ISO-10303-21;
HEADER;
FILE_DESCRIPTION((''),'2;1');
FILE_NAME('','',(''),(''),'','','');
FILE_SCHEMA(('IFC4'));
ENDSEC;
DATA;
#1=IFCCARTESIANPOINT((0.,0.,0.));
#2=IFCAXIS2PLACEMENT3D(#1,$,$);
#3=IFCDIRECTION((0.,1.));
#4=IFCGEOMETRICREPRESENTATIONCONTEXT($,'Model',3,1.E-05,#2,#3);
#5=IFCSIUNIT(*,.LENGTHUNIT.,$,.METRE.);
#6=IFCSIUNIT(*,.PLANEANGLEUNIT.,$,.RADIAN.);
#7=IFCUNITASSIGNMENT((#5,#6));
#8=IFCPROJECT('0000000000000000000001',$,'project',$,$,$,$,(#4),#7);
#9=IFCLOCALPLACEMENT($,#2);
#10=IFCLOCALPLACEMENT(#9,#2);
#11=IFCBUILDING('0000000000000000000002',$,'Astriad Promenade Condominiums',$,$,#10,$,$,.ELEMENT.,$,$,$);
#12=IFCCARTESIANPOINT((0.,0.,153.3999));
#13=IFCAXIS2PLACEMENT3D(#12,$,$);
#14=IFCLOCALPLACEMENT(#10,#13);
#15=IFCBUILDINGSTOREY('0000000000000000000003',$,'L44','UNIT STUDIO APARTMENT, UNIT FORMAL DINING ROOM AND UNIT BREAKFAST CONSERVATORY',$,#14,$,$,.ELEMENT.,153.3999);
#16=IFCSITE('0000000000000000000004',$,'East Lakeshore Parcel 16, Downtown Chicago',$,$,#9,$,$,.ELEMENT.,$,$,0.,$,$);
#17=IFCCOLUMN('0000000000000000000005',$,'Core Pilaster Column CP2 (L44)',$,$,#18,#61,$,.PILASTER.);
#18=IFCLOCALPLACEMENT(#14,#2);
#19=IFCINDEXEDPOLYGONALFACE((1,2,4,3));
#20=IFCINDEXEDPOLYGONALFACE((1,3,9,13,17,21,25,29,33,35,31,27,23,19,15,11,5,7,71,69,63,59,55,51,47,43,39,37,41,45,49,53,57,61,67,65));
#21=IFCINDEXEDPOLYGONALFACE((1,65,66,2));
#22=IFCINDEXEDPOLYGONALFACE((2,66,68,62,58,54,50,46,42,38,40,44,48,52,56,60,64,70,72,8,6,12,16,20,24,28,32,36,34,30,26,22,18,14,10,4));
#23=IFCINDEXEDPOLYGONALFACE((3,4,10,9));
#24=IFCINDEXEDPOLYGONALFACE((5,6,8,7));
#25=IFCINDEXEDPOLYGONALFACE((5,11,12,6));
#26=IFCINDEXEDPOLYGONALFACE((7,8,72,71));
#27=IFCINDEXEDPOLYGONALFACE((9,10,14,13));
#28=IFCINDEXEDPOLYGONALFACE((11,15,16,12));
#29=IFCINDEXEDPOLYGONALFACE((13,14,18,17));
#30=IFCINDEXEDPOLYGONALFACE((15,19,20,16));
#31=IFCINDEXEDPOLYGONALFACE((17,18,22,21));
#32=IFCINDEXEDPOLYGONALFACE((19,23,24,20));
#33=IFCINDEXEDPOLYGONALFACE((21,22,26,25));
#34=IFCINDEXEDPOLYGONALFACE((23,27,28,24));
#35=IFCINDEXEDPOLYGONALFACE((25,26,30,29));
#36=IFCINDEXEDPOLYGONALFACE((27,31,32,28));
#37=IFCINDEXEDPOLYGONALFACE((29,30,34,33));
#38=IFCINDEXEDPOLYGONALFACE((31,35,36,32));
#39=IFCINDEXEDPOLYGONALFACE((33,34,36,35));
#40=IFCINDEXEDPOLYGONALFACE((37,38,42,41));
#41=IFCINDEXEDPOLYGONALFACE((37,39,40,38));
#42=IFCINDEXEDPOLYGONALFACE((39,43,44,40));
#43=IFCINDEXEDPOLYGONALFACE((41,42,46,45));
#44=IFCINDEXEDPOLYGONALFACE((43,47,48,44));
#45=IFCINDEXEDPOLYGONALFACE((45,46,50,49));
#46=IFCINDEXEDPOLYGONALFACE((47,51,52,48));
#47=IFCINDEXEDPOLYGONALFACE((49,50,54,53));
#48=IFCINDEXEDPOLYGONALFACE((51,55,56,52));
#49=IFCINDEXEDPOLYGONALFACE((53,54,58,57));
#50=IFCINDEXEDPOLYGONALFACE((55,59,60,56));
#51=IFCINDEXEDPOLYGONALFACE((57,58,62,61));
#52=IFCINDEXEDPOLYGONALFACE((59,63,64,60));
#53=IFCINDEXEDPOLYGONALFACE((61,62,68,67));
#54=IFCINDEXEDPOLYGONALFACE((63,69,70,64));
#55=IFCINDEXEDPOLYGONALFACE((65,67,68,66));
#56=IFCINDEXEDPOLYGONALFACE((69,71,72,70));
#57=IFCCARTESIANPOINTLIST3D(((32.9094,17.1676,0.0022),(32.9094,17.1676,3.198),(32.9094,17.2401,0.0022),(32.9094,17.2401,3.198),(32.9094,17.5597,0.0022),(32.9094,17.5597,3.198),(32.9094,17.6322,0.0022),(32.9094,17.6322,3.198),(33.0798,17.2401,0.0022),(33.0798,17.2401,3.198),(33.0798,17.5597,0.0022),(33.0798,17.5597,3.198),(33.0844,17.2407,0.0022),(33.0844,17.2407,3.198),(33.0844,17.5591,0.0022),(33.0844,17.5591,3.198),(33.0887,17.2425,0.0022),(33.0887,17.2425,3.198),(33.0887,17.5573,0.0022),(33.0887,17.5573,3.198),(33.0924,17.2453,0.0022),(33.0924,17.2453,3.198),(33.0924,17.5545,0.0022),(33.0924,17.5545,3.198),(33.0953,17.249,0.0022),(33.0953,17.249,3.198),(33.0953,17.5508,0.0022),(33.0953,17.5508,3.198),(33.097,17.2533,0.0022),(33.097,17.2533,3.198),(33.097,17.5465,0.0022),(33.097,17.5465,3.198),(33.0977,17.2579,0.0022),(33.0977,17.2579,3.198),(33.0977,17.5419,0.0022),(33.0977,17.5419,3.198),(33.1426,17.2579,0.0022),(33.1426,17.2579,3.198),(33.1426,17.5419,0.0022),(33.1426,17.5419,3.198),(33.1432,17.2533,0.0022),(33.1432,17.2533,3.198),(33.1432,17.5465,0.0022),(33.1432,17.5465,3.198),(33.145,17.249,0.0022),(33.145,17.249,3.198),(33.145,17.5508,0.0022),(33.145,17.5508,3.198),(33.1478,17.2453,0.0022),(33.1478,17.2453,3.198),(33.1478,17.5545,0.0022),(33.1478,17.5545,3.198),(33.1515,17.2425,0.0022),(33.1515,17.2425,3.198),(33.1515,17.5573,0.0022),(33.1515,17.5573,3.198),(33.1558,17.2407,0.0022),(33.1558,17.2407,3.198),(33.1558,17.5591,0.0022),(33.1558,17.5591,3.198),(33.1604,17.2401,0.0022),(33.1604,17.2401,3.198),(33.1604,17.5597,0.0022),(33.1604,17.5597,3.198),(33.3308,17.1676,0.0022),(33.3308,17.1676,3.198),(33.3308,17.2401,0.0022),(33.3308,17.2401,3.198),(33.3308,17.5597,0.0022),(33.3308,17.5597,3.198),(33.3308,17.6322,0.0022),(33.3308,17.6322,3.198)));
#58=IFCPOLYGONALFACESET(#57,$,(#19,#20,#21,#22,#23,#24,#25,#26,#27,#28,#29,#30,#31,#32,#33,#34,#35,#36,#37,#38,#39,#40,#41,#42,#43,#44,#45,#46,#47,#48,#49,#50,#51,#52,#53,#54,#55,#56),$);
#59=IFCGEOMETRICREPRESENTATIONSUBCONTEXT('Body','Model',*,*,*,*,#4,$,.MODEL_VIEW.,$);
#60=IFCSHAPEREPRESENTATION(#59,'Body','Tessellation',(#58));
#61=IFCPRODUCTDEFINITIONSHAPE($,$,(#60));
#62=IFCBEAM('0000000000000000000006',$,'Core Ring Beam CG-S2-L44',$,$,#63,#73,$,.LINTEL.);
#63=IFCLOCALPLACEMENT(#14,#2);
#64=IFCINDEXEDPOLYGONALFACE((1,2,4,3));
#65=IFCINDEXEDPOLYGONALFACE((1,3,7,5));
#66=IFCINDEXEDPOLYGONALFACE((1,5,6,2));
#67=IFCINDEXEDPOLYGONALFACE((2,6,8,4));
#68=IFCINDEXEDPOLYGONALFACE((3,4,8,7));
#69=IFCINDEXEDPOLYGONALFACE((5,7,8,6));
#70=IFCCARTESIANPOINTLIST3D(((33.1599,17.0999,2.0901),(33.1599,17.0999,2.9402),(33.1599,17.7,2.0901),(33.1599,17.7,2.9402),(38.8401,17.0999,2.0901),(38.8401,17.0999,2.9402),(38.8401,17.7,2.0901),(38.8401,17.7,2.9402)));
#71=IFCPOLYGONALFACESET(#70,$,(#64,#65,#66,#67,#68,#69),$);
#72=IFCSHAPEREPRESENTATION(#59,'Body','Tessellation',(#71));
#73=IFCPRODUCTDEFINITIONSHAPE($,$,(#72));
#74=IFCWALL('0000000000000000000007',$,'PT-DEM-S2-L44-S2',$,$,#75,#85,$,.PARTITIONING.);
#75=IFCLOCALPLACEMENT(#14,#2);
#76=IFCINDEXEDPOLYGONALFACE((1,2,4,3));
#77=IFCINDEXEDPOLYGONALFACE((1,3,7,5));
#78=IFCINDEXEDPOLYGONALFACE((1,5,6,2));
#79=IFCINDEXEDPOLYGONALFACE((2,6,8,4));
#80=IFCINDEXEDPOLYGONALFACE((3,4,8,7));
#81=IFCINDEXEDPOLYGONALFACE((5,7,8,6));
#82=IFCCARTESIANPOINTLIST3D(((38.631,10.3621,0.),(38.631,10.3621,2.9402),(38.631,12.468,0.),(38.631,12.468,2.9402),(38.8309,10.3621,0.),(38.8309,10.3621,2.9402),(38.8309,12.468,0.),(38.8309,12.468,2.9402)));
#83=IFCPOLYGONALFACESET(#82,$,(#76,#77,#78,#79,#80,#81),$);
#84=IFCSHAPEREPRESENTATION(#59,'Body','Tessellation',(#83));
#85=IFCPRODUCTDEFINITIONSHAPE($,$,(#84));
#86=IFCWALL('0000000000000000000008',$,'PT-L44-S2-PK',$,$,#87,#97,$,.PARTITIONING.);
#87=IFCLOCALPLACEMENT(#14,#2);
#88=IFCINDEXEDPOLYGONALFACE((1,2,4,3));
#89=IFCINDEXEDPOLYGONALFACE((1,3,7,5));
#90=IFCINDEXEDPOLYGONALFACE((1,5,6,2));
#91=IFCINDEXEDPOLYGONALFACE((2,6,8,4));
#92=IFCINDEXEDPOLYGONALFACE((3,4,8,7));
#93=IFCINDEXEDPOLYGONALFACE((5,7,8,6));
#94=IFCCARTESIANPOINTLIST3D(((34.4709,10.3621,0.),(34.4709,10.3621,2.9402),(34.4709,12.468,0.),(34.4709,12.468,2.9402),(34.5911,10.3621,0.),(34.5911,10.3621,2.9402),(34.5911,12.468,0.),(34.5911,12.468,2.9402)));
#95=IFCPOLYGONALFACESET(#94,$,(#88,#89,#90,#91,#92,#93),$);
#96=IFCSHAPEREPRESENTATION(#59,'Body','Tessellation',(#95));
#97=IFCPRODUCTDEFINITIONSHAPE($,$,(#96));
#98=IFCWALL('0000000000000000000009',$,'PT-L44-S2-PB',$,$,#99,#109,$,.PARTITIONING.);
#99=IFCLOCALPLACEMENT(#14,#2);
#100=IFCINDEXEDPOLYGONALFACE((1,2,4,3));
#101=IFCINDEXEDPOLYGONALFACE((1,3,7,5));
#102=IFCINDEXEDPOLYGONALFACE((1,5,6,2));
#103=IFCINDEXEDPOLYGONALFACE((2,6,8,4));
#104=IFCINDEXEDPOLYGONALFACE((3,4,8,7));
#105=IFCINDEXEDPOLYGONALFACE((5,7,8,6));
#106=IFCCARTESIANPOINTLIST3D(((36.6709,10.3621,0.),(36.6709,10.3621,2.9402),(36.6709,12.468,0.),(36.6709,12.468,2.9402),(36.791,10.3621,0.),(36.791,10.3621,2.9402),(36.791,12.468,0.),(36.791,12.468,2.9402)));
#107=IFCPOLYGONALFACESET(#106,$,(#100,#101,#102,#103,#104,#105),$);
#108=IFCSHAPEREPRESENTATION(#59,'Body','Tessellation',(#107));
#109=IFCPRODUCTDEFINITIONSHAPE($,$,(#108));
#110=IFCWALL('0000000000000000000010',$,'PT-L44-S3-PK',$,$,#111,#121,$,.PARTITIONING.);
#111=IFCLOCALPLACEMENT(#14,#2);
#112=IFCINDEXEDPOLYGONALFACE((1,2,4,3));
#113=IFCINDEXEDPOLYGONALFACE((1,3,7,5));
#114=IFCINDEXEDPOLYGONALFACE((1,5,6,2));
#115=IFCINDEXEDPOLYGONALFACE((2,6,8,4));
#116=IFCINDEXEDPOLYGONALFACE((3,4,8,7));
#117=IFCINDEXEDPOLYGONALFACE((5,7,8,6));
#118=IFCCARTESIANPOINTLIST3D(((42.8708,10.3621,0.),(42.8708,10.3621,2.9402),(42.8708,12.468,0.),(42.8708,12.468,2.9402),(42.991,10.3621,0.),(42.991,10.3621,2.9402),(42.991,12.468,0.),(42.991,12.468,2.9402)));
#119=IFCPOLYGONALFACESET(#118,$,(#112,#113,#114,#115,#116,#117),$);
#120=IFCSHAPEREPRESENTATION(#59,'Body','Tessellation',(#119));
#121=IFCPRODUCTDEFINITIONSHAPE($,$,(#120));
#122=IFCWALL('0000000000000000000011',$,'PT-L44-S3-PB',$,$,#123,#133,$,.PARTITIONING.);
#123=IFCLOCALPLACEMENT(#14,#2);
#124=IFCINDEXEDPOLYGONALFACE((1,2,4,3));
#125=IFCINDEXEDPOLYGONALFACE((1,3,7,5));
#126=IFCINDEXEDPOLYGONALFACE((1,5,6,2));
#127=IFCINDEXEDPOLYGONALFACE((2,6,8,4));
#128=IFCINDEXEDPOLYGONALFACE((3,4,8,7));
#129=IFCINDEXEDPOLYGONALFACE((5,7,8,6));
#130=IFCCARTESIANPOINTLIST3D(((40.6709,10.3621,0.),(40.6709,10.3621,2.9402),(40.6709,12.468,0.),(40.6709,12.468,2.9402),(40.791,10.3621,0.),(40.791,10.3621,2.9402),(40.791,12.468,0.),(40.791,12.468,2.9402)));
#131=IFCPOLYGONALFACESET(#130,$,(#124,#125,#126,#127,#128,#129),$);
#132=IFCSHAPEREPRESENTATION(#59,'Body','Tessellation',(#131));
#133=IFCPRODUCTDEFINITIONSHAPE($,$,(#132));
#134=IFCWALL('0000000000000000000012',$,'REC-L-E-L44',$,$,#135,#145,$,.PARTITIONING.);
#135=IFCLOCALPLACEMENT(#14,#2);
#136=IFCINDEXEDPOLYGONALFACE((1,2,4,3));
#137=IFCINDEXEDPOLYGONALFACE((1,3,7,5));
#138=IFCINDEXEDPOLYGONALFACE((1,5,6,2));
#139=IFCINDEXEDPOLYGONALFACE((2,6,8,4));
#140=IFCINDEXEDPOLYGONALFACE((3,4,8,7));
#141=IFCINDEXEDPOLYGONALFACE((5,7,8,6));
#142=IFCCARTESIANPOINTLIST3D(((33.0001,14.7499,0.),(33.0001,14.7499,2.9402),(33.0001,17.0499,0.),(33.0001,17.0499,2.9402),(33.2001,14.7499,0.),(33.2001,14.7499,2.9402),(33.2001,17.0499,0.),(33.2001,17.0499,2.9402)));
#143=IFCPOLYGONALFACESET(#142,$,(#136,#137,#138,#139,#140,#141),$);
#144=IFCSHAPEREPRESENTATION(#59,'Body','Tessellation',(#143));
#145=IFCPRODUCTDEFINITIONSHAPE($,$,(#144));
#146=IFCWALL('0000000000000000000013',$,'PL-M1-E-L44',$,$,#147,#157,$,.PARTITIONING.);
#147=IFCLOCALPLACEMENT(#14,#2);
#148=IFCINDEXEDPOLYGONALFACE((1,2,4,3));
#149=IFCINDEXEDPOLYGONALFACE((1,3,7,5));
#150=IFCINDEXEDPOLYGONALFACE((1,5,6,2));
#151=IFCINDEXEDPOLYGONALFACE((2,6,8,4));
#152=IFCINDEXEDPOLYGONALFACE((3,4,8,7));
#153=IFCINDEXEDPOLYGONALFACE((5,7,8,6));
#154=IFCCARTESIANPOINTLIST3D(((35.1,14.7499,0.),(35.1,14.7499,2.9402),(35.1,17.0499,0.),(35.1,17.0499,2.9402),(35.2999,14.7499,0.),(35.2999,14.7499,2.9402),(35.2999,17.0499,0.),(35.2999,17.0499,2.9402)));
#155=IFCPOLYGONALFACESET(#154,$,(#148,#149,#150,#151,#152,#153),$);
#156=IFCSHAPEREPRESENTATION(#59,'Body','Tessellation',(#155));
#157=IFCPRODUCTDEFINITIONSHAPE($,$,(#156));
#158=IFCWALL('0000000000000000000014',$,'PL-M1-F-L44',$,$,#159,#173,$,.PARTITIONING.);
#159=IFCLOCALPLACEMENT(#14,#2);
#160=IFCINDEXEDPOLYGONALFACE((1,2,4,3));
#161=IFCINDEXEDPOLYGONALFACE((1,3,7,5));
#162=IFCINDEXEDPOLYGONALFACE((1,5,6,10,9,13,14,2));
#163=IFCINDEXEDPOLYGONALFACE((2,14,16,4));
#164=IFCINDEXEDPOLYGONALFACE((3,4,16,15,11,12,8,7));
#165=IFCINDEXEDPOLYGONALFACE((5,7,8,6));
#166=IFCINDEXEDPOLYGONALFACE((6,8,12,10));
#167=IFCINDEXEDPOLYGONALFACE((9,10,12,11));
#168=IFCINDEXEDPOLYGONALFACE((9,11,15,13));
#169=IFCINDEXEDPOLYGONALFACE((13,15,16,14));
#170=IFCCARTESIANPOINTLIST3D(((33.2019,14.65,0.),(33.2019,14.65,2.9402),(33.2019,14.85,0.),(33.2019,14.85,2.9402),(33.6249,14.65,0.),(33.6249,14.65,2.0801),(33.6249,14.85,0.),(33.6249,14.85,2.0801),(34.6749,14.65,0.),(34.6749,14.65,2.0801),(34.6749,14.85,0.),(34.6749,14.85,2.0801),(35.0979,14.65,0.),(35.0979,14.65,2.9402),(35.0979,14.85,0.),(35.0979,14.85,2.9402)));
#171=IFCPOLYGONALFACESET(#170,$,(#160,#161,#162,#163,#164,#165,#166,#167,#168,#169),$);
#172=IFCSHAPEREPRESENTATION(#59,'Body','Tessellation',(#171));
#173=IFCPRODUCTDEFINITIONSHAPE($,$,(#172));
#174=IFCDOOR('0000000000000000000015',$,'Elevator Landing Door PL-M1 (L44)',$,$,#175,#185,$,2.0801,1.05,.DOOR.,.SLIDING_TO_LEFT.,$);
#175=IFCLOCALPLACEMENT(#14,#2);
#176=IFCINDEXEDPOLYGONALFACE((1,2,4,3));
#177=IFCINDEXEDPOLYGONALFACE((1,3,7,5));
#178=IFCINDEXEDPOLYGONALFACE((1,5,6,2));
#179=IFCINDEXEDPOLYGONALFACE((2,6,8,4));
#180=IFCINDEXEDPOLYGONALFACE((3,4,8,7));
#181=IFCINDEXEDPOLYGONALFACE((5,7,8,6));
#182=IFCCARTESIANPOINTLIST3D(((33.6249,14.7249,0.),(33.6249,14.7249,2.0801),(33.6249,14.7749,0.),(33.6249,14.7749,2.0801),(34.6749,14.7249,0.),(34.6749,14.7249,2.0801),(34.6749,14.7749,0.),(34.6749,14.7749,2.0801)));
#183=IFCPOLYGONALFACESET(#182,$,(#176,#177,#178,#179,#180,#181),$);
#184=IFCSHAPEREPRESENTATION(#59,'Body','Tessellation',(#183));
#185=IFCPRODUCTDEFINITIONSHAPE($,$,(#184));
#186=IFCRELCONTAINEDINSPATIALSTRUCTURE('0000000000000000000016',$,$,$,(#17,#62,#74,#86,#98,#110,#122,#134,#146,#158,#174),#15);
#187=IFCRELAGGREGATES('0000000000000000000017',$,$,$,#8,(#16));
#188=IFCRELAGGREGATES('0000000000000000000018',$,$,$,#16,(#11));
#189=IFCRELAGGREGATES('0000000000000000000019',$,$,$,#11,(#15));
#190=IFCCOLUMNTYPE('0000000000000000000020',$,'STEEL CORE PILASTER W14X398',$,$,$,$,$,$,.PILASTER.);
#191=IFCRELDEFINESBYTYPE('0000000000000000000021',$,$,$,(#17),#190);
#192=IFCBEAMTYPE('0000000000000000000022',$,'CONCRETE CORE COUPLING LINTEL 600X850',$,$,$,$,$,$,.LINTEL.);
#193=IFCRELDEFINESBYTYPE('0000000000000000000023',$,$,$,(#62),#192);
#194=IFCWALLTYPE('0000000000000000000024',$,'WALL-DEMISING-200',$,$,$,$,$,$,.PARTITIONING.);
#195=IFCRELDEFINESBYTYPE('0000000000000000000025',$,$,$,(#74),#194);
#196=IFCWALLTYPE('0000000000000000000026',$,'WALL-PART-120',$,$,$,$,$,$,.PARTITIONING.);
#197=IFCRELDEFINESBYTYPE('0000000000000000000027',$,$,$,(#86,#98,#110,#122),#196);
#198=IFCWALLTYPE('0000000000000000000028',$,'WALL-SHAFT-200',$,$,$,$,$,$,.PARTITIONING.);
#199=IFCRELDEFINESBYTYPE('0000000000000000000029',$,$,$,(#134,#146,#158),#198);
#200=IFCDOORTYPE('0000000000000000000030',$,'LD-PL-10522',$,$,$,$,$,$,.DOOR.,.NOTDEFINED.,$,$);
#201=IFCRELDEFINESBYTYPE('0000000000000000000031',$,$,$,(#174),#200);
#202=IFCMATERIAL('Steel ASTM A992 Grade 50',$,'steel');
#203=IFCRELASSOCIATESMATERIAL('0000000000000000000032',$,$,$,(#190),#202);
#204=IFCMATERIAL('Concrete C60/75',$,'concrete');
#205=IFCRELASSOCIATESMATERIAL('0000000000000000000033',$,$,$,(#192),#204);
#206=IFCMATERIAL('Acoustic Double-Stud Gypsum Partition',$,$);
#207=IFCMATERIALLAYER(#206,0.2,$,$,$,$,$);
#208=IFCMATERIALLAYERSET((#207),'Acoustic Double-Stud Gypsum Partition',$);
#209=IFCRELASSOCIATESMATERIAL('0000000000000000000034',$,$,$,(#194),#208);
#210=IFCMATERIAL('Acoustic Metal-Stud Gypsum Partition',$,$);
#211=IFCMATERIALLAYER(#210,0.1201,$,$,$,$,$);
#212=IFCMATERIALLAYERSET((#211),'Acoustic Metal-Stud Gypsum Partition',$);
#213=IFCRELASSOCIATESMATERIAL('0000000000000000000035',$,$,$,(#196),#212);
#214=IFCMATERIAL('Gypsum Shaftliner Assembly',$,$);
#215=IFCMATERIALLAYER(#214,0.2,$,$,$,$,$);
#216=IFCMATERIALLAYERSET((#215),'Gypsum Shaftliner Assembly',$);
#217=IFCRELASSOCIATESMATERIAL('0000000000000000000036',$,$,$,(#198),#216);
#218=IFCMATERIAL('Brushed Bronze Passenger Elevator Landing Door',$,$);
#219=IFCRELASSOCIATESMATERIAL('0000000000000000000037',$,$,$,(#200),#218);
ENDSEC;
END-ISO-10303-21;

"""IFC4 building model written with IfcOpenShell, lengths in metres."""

from ifc_helpers import new_model, si_unit, direction, frame, frame_2d, origin, origin_2d, place, context, subcontext, project, spatial, rectangle, i_section, extrude, source, transform, mapped, material, layer, layer_set, material_profile, profile_set, type_object, type_shapes, element, fill, save


model = new_model("IFC4")

# Units and contexts
model_context = context("Model", 3, precision=1e-05, world=origin(), true_north=direction((0.0, 1.0)))
body_context = subcontext(model_context, "Body", "Model", "MODEL_VIEW")
ifc_project = project(units=[si_unit("LENGTHUNIT", "METRE"), si_unit("PLANEANGLEUNIT", "RADIAN")], contexts=[model_context])

# Site, building, storey
site_placement = place(None, origin())
site = spatial("IfcSite", under=ifc_project, at=site_placement, Name="East Lakeshore Parcel 16, Downtown Chicago", CompositionType="ELEMENT", RefElevation=0.0)
building_placement = place(site_placement, origin())
building = spatial("IfcBuilding", under=site, at=building_placement, Name="Astriad Promenade Condominiums", CompositionType="ELEMENT")
storey_placement = place(building_placement, frame((0.0, 0.0, 153.3999)))
storey = spatial("IfcBuildingStorey", under=building, at=storey_placement, Name="L44", Description="UNIT STUDIO APARTMENT, UNIT FORMAL DINING ROOM AND UNIT BREAKFAST CONSERVATORY", CompositionType="ELEMENT", Elevation=153.3999)

# Column
ifc_material_1 = material(Name="Steel ASTM A992 Grade 50", Category="steel")
ifc_material_profile_1 = material_profile(ifc_material_1, i_section(OverallWidth=0.4214, OverallDepth=0.4646, WebThickness=0.0449, FlangeThickness=0.0725, FilletRadius=0.0178, at=origin_2d()), Name="W14X398")
ifc_profile_set_1 = profile_set([ifc_material_profile_1], Name="Steel ASTM A992 Grade 50")
column_type = type_object("IfcColumnType", Name="STEEL CORE PILASTER W14X398", PredefinedType="PILASTER", material=ifc_profile_set_1)
shared_shape_1 = source(origin(), body_context, "Body", "SweptSolid", [
    extrude(i_section(OverallWidth=0.4214, OverallDepth=0.4646, WebThickness=0.0449, FlangeThickness=0.0725, FilletRadius=0.0178, at=origin_2d()), origin(), (0.0, 0.0, 1.0), 3.1958),
])
type_shapes(column_type, [shared_shape_1])
column_placement = place(storey_placement, frame((33.1201, 17.3999, 0.0022), z_axis=(0.0, 0.0, 1.0), x_axis=(1.0, 0.0, 0.0)))
element("IfcColumn", 1, at=column_placement, inside=storey, type_object=column_type, Name="Core Pilaster Column CP2 (L44)", PredefinedType="PILASTER", context=body_context, shape_type="MappedRepresentation", body=[
    mapped(shared_shape_1, transform((0.0, 0.0, 0.0), scale=1.0)),
])

# Beam
ifc_material_2 = material(Name="Concrete C60/75", Category="concrete")
ifc_material_profile_2 = material_profile(ifc_material_2, rectangle(XDim=0.6001, YDim=0.8501, at=origin_2d()), Name="RC-BM-600X850")
ifc_profile_set_2 = profile_set([ifc_material_profile_2], Name="Concrete C60/75")
beam_type = type_object("IfcBeamType", Name="CONCRETE CORE COUPLING LINTEL 600X850", PredefinedType="LINTEL", material=ifc_profile_set_2)
shared_shape_2 = source(origin(), body_context, "Body", "SweptSolid", [
    extrude(rectangle(XDim=0.6001, YDim=0.8501, at=origin_2d()), origin(), (0.0, 0.0, 1.0), 5.6802),
])
type_shapes(beam_type, [shared_shape_2])
beam_placement = place(storey_placement, frame((33.1599, 17.3999, 2.5151), z_axis=(1.0, 0.0, 0.0), x_axis=(0.0, 1.0, 0.0)))
element("IfcBeam", 2, at=beam_placement, inside=storey, type_object=beam_type, Name="Core Ring Beam CG-S2-L44", PredefinedType="LINTEL", context=body_context, shape_type="MappedRepresentation", body=[
    mapped(shared_shape_2, transform((0.0, 0.0, 0.0), scale=1.0)),
])

# Walls
ifc_material_3 = material(Name="Acoustic Double-Stud Gypsum Partition")
ifc_layer_1 = layer(ifc_material_3, 0.2)
ifc_layer_set_1 = layer_set([ifc_layer_1], Name="Acoustic Double-Stud Gypsum Partition")
wall_type_1 = type_object("IfcWallType", Name="WALL-DEMISING-200", PredefinedType="PARTITIONING", material=ifc_layer_set_1)
wall_1_placement = place(storey_placement, frame((38.731, 10.3621, 0.0), z_axis=(0.0, 0.0, 1.0), x_axis=(0.0, 1.0, 0.0)))
element("IfcWall", 3, at=wall_1_placement, inside=storey, type_object=wall_type_1, Name="PT-DEM-S2-L44-S2", PredefinedType="PARTITIONING", context=body_context, shape_type="SweptSolid", body=[
    extrude(rectangle(XDim=2.106, YDim=0.2, at=frame_2d((1.053, 0.0))), origin(), (0.0, 0.0, 1.0), 2.9402),
])
ifc_material_4 = material(Name="Acoustic Metal-Stud Gypsum Partition")
ifc_layer_2 = layer(ifc_material_4, 0.1201)
ifc_layer_set_2 = layer_set([ifc_layer_2], Name="Acoustic Metal-Stud Gypsum Partition")
wall_type_2 = type_object("IfcWallType", Name="WALL-PART-120", PredefinedType="PARTITIONING", material=ifc_layer_set_2)
for number, where, z_axis, x_axis, name in (
    (4, (34.531, 10.3621, 0.0), (0.0, 0.0, 1.0), (0.0, 1.0, 0.0), "PT-L44-S2-PK"),
    (5, (36.731, 10.3621, 0.0), (0.0, 0.0, 1.0), (0.0, 1.0, 0.0), "PT-L44-S2-PB"),
    (6, (42.9309, 10.3621, 0.0), (0.0, 0.0, 1.0), (0.0, 1.0, 0.0), "PT-L44-S3-PK"),
    (7, (40.731, 10.3621, 0.0), (0.0, 0.0, 1.0), (0.0, 1.0, 0.0), "PT-L44-S3-PB"),
):
    element("IfcWall", number, at=place(storey_placement, frame(where, z_axis=z_axis, x_axis=x_axis)), inside=storey, type_object=wall_type_2, Name=name, PredefinedType="PARTITIONING", context=body_context, shape_type="SweptSolid", body=[
        extrude(rectangle(XDim=2.106, YDim=0.1201, at=frame_2d((1.053, 0.0))), origin(), (0.0, 0.0, 1.0), 2.9402),
    ])
ifc_material_5 = material(Name="Gypsum Shaftliner Assembly")
ifc_layer_3 = layer(ifc_material_5, 0.2)
ifc_layer_set_3 = layer_set([ifc_layer_3], Name="Gypsum Shaftliner Assembly")
wall_type_3 = type_object("IfcWallType", Name="WALL-SHAFT-200", PredefinedType="PARTITIONING", material=ifc_layer_set_3)
for number, where, z_axis, x_axis, name in (
    (8, (33.1001, 14.75, 0.0), (0.0, 0.0, 1.0), (0.0, 1.0, 0.0), "REC-L-E-L44"),
    (9, (35.2, 14.75, 0.0), (0.0, 0.0, 1.0), (0.0, 1.0, 0.0), "PL-M1-E-L44"),
):
    element("IfcWall", number, at=place(storey_placement, frame(where, z_axis=z_axis, x_axis=x_axis)), inside=storey, type_object=wall_type_3, Name=name, PredefinedType="PARTITIONING", context=body_context, shape_type="SweptSolid", body=[
        extrude(rectangle(XDim=2.3, YDim=0.2, at=frame_2d((1.1499, 0.0))), origin(), (0.0, 0.0, 1.0), 2.9402),
    ])

# Wall, opening, door
wall_2_placement = place(storey_placement, frame((33.2019, 14.75, 0.0), z_axis=(0.0, 0.0, 1.0), x_axis=(1.0, 0.0, 0.0)))
wall_2 = element("IfcWall", 10, at=wall_2_placement, inside=storey, type_object=wall_type_3, Name="PL-M1-F-L44", PredefinedType="PARTITIONING", context=body_context, shape_type="SweptSolid", body=[
    extrude(rectangle(XDim=1.896, YDim=0.2, at=frame_2d((0.948, 0.0))), origin(), (0.0, 0.0, 1.0), 2.9402),
])
opening_1_placement = place(wall_2_placement, frame((0.4231, 0.0, 0.0)))
opening_1 = element("IfcOpeningElement", 11, at=opening_1_placement, cuts=wall_2, PredefinedType="OPENING", context=body_context, shape_type="SweptSolid", body=[
    extrude(rectangle(XDim=1.05, YDim=2.0801, at=frame_2d((0.5249, 1.04))), frame((0.0, 0.1099, 0.0), z_axis=(0.0, -1.0, 0.0), x_axis=(1.0, 0.0, 0.0)), (0.0, 0.0, 1.0), 0.22),
])
ifc_material_6 = material(Name="Brushed Bronze Passenger Elevator Landing Door")
door_type = type_object("IfcDoorType", Name="LD-PL-10522", OperationType="NOTDEFINED", PredefinedType="DOOR", material=ifc_material_6)
shared_shape_3 = source(origin(), body_context, "Body", "SweptSolid", [
    extrude(rectangle(XDim=1.05, YDim=2.0801, at=frame_2d((0.5249, 1.04))), frame((0.0, 0.0249, 0.0), z_axis=(0.0, -1.0, 0.0), x_axis=(1.0, 0.0, 0.0)), (0.0, 0.0, 1.0), 0.05),
])
type_shapes(door_type, [shared_shape_3])
door_1_placement = place(opening_1_placement, origin())
door_1 = element("IfcDoor", 12, at=door_1_placement, inside=storey, type_object=door_type, Name="Elevator Landing Door PL-M1 (L44)", OperationType="SLIDING_TO_LEFT", OverallHeight=2.0801, OverallWidth=1.05, PredefinedType="DOOR", context=body_context, shape_type="MappedRepresentation", body=[
    mapped(shared_shape_3, transform((0.0, 0.0, 0.0), scale=1.0)),
])
fill(opening_1, door_1)

save(model, "model.ifc")
